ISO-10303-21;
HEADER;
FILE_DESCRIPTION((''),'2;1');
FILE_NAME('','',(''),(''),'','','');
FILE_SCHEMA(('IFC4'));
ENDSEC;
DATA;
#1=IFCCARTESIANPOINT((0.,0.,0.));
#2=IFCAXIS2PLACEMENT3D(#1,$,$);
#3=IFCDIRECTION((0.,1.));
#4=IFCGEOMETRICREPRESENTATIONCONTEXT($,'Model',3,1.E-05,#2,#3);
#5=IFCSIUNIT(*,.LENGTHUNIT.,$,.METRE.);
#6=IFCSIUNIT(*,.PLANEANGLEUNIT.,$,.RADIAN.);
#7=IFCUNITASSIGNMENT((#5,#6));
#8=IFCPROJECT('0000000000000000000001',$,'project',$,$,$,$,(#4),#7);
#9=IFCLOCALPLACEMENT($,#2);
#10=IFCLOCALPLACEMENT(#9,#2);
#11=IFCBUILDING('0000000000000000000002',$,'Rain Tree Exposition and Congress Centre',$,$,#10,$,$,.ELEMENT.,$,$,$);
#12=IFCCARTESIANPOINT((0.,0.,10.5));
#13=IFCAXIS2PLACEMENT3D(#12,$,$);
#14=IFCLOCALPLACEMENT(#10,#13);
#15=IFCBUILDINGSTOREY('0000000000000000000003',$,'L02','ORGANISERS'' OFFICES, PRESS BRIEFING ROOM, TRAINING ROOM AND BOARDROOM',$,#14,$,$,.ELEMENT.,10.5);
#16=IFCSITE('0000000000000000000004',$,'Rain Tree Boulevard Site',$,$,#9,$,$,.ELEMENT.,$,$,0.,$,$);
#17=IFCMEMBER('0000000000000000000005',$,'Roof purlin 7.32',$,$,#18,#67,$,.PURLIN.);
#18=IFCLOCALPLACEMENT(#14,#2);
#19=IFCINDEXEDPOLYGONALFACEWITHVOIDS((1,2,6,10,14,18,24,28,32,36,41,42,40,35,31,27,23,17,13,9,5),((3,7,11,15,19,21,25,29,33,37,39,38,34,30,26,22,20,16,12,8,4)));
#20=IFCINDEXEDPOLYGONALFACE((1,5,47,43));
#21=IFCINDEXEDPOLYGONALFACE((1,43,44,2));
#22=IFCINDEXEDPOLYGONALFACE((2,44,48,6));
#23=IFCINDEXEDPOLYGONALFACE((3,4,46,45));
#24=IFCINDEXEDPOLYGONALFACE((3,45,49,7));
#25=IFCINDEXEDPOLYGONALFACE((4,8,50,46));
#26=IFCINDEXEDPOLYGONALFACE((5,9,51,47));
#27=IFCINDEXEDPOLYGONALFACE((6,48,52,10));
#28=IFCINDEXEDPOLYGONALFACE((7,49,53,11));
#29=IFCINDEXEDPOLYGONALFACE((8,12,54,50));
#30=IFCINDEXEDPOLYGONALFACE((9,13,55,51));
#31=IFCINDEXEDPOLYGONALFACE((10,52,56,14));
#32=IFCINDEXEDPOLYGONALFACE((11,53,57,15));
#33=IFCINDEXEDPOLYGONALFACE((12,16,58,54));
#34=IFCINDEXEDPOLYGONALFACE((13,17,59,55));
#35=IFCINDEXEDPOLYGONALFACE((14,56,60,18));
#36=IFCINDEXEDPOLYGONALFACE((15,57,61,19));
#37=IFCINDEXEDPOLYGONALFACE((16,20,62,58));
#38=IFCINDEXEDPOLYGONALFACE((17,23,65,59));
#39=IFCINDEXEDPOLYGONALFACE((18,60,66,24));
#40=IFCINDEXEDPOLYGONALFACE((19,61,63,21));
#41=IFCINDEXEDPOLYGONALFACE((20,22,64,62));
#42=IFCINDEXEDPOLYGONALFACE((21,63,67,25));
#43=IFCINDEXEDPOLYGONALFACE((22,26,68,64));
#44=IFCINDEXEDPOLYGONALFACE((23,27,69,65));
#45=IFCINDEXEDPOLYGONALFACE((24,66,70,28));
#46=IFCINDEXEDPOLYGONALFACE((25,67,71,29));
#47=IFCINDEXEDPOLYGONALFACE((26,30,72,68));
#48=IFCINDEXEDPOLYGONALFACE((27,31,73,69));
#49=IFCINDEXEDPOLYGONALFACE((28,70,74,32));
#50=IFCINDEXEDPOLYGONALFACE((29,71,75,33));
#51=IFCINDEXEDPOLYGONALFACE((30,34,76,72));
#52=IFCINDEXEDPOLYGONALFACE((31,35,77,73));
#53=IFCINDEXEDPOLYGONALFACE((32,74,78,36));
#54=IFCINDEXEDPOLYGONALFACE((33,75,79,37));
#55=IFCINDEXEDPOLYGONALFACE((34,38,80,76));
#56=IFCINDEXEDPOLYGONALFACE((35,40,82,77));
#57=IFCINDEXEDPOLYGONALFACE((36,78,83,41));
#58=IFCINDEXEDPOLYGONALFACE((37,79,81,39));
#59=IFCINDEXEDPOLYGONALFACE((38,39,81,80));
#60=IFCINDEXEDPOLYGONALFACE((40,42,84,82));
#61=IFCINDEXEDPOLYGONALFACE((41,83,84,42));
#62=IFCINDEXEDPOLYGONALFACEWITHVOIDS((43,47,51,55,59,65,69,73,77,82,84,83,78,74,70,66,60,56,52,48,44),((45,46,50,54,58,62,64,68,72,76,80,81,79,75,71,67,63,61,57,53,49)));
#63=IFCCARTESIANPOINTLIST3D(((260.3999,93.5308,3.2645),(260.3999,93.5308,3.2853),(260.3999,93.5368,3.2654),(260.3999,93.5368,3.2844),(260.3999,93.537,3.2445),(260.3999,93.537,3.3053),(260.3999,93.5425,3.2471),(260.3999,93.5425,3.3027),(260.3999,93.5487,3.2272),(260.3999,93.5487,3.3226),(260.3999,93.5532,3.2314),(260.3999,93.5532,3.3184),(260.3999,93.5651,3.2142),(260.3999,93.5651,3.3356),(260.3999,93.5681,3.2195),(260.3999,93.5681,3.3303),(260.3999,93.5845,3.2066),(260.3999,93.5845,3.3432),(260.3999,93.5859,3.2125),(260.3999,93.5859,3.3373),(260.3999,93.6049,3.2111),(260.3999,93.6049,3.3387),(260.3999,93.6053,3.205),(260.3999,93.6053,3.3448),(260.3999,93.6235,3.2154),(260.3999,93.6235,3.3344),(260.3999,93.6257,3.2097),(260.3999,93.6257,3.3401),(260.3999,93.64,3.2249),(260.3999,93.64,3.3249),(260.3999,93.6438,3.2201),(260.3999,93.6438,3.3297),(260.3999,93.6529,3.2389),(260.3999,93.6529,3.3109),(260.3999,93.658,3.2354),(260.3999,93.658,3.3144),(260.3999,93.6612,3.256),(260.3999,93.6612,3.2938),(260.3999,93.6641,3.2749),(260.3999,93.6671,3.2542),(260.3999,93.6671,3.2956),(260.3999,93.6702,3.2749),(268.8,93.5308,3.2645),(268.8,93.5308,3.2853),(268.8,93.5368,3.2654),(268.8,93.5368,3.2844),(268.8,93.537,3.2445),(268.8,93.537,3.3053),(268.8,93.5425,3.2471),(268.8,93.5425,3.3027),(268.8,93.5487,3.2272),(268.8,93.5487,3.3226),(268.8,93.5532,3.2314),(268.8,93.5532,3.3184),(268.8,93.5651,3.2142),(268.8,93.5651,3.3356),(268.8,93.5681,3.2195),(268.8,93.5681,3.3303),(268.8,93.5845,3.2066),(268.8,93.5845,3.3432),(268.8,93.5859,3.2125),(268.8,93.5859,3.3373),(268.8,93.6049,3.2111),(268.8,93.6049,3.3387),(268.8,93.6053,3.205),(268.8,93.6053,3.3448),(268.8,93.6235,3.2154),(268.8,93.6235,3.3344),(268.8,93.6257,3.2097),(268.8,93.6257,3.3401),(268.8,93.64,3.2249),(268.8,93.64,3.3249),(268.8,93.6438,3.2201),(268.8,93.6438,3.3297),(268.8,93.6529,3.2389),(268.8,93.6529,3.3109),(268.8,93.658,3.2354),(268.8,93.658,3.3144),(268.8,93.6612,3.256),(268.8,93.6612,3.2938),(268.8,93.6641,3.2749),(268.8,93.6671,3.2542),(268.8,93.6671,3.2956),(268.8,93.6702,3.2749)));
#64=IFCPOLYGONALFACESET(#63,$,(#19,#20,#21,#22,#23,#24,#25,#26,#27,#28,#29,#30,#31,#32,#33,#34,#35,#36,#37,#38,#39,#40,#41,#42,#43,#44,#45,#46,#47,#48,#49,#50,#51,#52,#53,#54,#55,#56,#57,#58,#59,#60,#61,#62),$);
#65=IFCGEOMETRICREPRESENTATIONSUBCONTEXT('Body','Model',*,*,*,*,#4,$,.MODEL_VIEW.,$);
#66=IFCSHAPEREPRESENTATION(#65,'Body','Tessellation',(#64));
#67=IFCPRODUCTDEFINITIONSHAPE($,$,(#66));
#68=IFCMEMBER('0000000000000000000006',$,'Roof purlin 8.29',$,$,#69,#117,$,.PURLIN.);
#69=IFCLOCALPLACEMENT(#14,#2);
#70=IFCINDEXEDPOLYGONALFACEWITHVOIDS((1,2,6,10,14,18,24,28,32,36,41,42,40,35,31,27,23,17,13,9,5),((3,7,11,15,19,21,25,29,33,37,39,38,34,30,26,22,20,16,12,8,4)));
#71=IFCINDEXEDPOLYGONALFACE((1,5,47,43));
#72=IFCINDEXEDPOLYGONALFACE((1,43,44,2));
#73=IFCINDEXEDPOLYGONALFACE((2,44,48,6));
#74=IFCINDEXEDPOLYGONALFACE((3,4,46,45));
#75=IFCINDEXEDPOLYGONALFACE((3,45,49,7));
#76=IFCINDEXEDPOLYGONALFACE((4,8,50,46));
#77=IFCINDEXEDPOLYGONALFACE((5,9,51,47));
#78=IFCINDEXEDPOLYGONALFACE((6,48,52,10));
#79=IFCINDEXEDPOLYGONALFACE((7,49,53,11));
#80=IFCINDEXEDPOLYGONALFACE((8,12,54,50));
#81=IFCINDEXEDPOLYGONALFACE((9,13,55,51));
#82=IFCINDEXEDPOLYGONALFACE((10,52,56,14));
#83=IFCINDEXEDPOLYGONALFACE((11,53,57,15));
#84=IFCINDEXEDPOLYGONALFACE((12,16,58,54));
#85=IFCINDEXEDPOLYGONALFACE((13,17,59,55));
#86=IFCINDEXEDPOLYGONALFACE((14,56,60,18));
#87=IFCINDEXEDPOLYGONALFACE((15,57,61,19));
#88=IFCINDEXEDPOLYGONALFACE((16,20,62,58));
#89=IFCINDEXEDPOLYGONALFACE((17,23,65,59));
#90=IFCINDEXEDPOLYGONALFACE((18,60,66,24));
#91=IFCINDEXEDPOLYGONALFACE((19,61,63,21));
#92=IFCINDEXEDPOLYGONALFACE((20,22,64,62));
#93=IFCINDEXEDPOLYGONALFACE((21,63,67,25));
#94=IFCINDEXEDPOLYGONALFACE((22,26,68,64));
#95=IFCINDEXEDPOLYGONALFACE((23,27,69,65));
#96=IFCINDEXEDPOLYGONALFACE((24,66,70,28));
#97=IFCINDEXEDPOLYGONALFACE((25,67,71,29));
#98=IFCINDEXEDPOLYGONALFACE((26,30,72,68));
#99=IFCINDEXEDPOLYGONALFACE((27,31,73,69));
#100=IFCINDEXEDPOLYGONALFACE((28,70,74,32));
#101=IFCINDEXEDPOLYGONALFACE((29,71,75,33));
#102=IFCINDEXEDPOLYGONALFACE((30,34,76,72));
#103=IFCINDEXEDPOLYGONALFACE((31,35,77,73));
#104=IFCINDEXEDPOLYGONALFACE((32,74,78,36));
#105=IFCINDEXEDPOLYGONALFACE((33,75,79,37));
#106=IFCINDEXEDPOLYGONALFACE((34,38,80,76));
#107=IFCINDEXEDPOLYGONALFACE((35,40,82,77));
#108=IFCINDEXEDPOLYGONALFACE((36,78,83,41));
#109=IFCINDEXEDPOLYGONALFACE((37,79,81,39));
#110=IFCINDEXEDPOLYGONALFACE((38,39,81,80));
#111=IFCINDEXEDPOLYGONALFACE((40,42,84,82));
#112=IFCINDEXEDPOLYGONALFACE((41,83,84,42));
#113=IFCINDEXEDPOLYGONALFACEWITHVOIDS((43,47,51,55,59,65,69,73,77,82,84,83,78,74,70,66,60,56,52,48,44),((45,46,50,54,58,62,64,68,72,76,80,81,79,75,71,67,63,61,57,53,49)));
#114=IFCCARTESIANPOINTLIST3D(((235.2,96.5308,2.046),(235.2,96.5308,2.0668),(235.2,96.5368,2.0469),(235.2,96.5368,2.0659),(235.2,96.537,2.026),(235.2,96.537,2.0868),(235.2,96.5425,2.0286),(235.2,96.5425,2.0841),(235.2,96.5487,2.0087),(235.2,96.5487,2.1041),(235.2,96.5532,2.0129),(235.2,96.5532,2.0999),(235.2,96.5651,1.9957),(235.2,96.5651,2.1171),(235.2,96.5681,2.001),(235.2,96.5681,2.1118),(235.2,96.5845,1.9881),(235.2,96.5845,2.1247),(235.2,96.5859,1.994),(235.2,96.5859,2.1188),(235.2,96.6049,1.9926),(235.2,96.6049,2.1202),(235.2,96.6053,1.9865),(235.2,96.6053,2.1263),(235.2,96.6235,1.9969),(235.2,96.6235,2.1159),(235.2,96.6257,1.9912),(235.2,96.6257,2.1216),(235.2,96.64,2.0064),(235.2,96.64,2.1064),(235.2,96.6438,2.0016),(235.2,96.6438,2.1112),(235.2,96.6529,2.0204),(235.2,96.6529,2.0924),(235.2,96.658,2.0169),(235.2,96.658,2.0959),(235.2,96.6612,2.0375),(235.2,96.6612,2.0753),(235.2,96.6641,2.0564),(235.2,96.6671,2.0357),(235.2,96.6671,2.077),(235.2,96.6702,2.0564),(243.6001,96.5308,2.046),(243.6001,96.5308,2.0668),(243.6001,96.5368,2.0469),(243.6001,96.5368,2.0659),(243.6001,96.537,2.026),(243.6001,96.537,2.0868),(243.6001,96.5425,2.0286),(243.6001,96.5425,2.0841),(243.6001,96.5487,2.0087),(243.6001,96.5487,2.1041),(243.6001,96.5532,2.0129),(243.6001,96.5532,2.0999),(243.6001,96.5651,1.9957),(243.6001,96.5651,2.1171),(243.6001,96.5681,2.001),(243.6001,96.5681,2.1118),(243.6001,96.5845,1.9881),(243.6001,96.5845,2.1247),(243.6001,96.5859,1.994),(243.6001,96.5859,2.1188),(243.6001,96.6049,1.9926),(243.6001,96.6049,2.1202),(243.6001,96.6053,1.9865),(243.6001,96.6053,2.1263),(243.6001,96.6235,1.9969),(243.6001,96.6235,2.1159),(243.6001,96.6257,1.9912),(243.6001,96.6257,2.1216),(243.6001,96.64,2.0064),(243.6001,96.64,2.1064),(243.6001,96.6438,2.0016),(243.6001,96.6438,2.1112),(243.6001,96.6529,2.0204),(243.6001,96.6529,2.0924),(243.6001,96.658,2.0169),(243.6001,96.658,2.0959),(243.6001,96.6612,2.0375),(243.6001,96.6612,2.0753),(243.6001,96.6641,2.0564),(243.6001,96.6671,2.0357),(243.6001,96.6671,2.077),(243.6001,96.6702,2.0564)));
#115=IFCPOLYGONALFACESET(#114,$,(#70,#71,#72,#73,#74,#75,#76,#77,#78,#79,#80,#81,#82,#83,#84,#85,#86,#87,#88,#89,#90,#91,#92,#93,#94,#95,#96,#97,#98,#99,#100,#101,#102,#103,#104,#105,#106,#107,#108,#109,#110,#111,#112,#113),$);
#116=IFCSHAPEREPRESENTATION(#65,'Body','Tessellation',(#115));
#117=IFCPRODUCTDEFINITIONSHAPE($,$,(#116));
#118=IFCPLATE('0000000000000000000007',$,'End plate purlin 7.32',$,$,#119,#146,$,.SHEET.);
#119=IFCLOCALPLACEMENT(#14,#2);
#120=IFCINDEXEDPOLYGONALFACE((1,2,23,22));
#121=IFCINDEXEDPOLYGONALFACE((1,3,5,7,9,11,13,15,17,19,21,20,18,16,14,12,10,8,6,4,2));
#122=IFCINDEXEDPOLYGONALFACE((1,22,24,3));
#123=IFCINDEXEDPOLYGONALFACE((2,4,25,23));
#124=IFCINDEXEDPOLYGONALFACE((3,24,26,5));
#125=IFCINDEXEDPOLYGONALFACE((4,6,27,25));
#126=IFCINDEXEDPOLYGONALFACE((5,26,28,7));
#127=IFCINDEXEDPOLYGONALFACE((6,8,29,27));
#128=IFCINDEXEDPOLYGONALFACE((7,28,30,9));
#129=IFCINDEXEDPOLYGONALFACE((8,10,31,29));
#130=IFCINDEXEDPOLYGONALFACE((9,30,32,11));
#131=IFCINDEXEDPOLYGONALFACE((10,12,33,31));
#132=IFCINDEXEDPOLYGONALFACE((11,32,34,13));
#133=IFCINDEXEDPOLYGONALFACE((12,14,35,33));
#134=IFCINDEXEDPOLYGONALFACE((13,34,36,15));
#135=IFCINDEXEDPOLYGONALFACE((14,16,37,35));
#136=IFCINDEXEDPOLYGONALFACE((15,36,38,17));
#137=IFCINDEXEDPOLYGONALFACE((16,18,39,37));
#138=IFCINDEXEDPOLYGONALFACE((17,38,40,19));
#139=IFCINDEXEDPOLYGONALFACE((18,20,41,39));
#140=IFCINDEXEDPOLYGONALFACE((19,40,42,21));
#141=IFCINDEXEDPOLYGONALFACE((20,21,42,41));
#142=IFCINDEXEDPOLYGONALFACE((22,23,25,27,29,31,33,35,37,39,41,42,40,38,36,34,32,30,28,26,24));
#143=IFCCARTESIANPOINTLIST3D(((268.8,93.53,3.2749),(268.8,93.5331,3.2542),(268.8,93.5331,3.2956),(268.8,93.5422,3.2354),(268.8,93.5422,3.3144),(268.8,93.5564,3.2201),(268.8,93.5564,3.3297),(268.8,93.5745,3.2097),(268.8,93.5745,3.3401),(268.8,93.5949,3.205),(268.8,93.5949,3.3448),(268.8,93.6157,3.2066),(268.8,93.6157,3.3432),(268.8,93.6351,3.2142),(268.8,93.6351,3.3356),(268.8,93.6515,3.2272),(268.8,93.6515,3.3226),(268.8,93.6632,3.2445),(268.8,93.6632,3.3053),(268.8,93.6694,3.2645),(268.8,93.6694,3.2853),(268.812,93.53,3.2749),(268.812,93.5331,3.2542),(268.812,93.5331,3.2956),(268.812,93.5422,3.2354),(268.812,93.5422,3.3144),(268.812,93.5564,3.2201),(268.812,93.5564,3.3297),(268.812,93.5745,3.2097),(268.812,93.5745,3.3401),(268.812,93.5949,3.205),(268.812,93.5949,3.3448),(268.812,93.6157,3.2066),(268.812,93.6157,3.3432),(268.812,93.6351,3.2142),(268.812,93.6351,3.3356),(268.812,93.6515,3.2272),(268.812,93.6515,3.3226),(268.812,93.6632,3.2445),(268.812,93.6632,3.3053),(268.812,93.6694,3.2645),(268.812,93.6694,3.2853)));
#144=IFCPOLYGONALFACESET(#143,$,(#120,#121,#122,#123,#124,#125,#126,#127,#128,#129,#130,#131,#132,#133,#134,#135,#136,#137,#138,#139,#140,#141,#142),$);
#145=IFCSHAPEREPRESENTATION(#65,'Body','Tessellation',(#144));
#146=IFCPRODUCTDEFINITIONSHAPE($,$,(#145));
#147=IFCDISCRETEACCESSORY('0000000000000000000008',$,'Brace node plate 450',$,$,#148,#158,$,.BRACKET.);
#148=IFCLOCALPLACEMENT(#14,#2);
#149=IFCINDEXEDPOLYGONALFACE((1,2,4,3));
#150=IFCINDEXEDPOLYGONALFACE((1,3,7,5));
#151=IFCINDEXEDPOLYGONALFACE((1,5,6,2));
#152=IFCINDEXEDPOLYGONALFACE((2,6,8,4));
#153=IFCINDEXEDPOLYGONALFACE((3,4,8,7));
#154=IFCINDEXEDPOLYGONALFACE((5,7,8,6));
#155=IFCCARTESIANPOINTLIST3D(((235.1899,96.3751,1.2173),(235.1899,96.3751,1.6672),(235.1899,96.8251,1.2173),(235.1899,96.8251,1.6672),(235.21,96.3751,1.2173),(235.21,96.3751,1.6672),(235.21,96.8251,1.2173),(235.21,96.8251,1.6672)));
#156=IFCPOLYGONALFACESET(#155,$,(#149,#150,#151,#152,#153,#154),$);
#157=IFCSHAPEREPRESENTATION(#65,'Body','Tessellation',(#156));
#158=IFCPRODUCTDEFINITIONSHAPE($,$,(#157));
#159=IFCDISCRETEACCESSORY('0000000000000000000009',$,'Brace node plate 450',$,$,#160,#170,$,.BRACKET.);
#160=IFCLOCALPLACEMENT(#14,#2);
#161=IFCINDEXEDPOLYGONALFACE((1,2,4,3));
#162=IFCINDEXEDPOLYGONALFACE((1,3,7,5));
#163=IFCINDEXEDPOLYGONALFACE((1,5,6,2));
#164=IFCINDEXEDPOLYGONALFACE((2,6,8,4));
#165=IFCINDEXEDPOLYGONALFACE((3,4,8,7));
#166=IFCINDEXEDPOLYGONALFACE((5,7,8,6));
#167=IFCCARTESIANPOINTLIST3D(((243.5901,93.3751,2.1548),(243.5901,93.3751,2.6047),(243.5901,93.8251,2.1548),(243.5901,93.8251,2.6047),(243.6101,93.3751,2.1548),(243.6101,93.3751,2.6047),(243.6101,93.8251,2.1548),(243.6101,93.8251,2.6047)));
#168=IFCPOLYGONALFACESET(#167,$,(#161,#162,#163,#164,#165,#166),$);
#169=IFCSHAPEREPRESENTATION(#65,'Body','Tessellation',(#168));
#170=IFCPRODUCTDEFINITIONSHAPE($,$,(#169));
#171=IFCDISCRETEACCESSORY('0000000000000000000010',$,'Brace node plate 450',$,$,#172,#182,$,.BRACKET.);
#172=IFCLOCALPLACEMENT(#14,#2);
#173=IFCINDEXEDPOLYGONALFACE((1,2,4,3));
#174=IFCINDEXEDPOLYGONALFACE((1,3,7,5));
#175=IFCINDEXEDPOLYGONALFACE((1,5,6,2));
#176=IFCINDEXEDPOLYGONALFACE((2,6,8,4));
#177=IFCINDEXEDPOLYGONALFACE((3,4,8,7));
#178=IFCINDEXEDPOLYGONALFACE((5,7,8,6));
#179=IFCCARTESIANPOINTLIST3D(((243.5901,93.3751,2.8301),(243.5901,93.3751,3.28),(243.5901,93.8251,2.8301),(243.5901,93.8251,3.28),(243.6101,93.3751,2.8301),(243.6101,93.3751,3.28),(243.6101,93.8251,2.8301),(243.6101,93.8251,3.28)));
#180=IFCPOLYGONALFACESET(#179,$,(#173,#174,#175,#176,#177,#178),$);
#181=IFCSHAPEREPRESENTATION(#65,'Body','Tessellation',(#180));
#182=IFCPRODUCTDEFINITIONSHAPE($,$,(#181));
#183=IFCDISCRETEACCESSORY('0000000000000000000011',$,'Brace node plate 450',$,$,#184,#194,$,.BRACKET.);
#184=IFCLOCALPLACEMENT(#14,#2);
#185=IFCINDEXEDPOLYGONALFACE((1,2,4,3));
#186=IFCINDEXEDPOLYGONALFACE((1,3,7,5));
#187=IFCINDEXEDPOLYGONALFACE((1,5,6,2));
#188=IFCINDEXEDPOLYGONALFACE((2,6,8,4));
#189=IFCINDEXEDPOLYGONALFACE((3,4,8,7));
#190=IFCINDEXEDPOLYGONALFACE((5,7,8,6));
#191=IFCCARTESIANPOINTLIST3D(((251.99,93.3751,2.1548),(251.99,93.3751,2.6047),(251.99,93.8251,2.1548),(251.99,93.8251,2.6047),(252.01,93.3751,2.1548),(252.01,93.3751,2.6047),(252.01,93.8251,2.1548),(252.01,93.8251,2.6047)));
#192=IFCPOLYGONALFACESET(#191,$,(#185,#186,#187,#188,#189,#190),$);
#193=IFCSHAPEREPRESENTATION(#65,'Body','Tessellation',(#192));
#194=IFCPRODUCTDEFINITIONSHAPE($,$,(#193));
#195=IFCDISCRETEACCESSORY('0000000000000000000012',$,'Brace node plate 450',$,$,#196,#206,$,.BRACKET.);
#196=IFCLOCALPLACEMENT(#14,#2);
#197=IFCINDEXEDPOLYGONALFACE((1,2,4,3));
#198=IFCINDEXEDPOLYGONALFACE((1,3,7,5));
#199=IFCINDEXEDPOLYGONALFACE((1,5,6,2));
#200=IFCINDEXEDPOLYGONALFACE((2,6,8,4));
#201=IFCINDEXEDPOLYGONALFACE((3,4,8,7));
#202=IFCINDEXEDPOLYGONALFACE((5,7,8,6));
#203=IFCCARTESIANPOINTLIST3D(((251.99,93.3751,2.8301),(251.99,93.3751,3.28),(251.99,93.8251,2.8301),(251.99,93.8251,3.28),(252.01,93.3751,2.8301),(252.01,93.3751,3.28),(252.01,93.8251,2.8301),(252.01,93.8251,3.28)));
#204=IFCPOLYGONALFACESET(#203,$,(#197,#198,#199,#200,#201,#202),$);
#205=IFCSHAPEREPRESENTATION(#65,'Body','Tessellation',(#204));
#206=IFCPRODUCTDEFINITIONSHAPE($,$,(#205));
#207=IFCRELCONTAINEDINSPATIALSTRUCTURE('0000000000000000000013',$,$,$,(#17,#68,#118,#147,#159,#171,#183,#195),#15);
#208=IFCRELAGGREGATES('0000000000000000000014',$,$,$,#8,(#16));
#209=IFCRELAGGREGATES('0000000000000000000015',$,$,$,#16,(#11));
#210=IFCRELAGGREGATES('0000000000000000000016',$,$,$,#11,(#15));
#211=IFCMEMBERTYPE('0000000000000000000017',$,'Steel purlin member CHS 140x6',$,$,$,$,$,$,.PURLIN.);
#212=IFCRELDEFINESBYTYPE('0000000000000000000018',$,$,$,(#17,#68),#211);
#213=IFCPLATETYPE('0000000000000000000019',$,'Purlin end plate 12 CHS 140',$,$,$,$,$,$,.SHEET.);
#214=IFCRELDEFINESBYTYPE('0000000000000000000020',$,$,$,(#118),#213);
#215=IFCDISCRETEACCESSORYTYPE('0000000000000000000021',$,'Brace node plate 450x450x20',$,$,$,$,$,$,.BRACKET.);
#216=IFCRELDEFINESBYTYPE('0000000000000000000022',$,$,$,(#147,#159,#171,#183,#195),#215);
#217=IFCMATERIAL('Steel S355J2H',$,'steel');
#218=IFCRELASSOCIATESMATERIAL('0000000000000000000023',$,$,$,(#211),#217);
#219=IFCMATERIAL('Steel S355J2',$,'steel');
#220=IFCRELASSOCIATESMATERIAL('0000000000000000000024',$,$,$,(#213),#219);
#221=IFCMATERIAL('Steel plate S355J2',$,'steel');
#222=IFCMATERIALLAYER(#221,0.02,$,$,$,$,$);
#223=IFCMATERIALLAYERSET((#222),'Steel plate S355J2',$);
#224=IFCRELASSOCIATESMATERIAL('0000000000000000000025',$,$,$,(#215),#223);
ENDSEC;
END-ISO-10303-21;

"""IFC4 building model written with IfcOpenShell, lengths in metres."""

from ifc_helpers import new_model, si_unit, direction, frame, origin, origin_2d, place, context, subcontext, project, spatial, rectangle, circle, hollow_circle, extrude, material, layer, layer_set, material_profile, profile_set, type_object, element, save


model = new_model("IFC4")

# Units and contexts
model_context = context("Model", 3, precision=1e-05, world=origin(), true_north=direction((0.0, 1.0)))
body_context = subcontext(model_context, "Body", "Model", "MODEL_VIEW")
ifc_project = project(units=[si_unit("LENGTHUNIT", "METRE"), si_unit("PLANEANGLEUNIT", "RADIAN")], contexts=[model_context])

# Site, building, storey
site_placement = place(None, origin())
site = spatial("IfcSite", under=ifc_project, at=site_placement, Name="Rain Tree Boulevard Site", CompositionType="ELEMENT", RefElevation=0.0)
building_placement = place(site_placement, origin())
building = spatial("IfcBuilding", under=site, at=building_placement, Name="Rain Tree Exposition and Congress Centre", CompositionType="ELEMENT")
storey_placement = place(building_placement, frame((0.0, 0.0, 10.5)))
storey = spatial("IfcBuildingStorey", under=building, at=storey_placement, Name="L02", Description="ORGANISERS' OFFICES, PRESS BRIEFING ROOM, TRAINING ROOM AND BOARDROOM", CompositionType="ELEMENT", Elevation=10.5)

# Members
ifc_material_1 = material(Name="Steel S355J2H", Category="steel")
ifc_material_profile_1 = material_profile(ifc_material_1, hollow_circle(Radius=0.0701, WallThickness=0.0061, at=origin_2d()), Name="CHS 140x6")
ifc_profile_set_1 = profile_set([ifc_material_profile_1], Name="Steel S355J2H")
member_type_1 = type_object("IfcMemberType", Name="Steel purlin member CHS 140x6", PredefinedType="PURLIN", material=ifc_profile_set_1)
for number, where, z_axis, x_axis, name in (
    (1, (260.3999, 93.6001, 3.2749), (1.0, 0.0, 0.0), (0.0, 1.0, 0.0), "Roof purlin 7.32"),
    (2, (235.2, 96.6001, 2.0564), (1.0, 0.0, 0.0), (0.0, 1.0, 0.0), "Roof purlin 8.29"),
):
    element("IfcMember", number, at=place(storey_placement, frame(where, z_axis=z_axis, x_axis=x_axis)), inside=storey, type_object=member_type_1, Name=name, PredefinedType="PURLIN", context=body_context, shape_type="SweptSolid", body=[
        extrude(hollow_circle(Radius=0.0701, WallThickness=0.0061, at=origin_2d()), origin(), (0.0, 0.0, 1.0), 8.4001),
    ])

# Plate
ifc_material_2 = material(Name="Steel S355J2", Category="steel")
ifc_material_profile_2 = material_profile(ifc_material_2, circle(Radius=0.0701, at=origin_2d()), Name="CIRCLE 140")
ifc_profile_set_2 = profile_set([ifc_material_profile_2], Name="Steel S355J2")
plate_type = type_object("IfcPlateType", Name="Purlin end plate 12 CHS 140", PredefinedType="SHEET", material=ifc_profile_set_2)
plate_placement = place(storey_placement, frame((268.812, 93.6001, 3.2749), z_axis=(-1.0, 0.0, 0.0), x_axis=(0.0, -1.0, 0.0)))
element("IfcPlate", 3, at=plate_placement, inside=storey, type_object=plate_type, Name="End plate purlin 7.32", PredefinedType="SHEET", context=body_context, shape_type="SweptSolid", body=[
    extrude(circle(Radius=0.0701, at=origin_2d()), origin(), (0.0, 0.0, 1.0), 0.012),
])

# Discrete accessories
ifc_material_3 = material(Name="Steel plate S355J2", Category="steel")
ifc_layer = layer(ifc_material_3, 0.02)
ifc_layer_set = layer_set([ifc_layer], Name="Steel plate S355J2")
discrete_accessory_type = type_object("IfcDiscreteAccessoryType", Name="Brace node plate 450x450x20", PredefinedType="BRACKET", material=ifc_layer_set)
for number, where, z_axis, x_axis, name in (
    (4, (235.2, 96.6001, 1.2173), (0.0, 0.0, 1.0), (0.0, -1.0, 0.0), "Brace node plate 450"),
    (5, (243.6001, 93.6001, 2.1548), (0.0, 0.0, 1.0), (0.0, -1.0, 0.0), "Brace node plate 450"),
    (6, (243.6001, 93.6001, 2.8301), (0.0, 0.0, 1.0), (0.0, 1.0, 0.0), "Brace node plate 450"),
    (7, (252.0, 93.6001, 2.1548), (0.0, 0.0, 1.0), (0.0, -1.0, 0.0), "Brace node plate 450"),
    (8, (252.0, 93.6001, 2.8301), (0.0, 0.0, 1.0), (0.0, 1.0, 0.0), "Brace node plate 450"),
):
    element("IfcDiscreteAccessory", number, at=place(storey_placement, frame(where, z_axis=z_axis, x_axis=x_axis)), inside=storey, type_object=discrete_accessory_type, Name=name, PredefinedType="BRACKET", context=body_context, shape_type="SweptSolid", body=[
        extrude(rectangle(XDim=0.45, YDim=0.02, at=origin_2d()), origin(), (0.0, 0.0, 1.0), 0.45),
    ])

save(model, "model.ifc")
